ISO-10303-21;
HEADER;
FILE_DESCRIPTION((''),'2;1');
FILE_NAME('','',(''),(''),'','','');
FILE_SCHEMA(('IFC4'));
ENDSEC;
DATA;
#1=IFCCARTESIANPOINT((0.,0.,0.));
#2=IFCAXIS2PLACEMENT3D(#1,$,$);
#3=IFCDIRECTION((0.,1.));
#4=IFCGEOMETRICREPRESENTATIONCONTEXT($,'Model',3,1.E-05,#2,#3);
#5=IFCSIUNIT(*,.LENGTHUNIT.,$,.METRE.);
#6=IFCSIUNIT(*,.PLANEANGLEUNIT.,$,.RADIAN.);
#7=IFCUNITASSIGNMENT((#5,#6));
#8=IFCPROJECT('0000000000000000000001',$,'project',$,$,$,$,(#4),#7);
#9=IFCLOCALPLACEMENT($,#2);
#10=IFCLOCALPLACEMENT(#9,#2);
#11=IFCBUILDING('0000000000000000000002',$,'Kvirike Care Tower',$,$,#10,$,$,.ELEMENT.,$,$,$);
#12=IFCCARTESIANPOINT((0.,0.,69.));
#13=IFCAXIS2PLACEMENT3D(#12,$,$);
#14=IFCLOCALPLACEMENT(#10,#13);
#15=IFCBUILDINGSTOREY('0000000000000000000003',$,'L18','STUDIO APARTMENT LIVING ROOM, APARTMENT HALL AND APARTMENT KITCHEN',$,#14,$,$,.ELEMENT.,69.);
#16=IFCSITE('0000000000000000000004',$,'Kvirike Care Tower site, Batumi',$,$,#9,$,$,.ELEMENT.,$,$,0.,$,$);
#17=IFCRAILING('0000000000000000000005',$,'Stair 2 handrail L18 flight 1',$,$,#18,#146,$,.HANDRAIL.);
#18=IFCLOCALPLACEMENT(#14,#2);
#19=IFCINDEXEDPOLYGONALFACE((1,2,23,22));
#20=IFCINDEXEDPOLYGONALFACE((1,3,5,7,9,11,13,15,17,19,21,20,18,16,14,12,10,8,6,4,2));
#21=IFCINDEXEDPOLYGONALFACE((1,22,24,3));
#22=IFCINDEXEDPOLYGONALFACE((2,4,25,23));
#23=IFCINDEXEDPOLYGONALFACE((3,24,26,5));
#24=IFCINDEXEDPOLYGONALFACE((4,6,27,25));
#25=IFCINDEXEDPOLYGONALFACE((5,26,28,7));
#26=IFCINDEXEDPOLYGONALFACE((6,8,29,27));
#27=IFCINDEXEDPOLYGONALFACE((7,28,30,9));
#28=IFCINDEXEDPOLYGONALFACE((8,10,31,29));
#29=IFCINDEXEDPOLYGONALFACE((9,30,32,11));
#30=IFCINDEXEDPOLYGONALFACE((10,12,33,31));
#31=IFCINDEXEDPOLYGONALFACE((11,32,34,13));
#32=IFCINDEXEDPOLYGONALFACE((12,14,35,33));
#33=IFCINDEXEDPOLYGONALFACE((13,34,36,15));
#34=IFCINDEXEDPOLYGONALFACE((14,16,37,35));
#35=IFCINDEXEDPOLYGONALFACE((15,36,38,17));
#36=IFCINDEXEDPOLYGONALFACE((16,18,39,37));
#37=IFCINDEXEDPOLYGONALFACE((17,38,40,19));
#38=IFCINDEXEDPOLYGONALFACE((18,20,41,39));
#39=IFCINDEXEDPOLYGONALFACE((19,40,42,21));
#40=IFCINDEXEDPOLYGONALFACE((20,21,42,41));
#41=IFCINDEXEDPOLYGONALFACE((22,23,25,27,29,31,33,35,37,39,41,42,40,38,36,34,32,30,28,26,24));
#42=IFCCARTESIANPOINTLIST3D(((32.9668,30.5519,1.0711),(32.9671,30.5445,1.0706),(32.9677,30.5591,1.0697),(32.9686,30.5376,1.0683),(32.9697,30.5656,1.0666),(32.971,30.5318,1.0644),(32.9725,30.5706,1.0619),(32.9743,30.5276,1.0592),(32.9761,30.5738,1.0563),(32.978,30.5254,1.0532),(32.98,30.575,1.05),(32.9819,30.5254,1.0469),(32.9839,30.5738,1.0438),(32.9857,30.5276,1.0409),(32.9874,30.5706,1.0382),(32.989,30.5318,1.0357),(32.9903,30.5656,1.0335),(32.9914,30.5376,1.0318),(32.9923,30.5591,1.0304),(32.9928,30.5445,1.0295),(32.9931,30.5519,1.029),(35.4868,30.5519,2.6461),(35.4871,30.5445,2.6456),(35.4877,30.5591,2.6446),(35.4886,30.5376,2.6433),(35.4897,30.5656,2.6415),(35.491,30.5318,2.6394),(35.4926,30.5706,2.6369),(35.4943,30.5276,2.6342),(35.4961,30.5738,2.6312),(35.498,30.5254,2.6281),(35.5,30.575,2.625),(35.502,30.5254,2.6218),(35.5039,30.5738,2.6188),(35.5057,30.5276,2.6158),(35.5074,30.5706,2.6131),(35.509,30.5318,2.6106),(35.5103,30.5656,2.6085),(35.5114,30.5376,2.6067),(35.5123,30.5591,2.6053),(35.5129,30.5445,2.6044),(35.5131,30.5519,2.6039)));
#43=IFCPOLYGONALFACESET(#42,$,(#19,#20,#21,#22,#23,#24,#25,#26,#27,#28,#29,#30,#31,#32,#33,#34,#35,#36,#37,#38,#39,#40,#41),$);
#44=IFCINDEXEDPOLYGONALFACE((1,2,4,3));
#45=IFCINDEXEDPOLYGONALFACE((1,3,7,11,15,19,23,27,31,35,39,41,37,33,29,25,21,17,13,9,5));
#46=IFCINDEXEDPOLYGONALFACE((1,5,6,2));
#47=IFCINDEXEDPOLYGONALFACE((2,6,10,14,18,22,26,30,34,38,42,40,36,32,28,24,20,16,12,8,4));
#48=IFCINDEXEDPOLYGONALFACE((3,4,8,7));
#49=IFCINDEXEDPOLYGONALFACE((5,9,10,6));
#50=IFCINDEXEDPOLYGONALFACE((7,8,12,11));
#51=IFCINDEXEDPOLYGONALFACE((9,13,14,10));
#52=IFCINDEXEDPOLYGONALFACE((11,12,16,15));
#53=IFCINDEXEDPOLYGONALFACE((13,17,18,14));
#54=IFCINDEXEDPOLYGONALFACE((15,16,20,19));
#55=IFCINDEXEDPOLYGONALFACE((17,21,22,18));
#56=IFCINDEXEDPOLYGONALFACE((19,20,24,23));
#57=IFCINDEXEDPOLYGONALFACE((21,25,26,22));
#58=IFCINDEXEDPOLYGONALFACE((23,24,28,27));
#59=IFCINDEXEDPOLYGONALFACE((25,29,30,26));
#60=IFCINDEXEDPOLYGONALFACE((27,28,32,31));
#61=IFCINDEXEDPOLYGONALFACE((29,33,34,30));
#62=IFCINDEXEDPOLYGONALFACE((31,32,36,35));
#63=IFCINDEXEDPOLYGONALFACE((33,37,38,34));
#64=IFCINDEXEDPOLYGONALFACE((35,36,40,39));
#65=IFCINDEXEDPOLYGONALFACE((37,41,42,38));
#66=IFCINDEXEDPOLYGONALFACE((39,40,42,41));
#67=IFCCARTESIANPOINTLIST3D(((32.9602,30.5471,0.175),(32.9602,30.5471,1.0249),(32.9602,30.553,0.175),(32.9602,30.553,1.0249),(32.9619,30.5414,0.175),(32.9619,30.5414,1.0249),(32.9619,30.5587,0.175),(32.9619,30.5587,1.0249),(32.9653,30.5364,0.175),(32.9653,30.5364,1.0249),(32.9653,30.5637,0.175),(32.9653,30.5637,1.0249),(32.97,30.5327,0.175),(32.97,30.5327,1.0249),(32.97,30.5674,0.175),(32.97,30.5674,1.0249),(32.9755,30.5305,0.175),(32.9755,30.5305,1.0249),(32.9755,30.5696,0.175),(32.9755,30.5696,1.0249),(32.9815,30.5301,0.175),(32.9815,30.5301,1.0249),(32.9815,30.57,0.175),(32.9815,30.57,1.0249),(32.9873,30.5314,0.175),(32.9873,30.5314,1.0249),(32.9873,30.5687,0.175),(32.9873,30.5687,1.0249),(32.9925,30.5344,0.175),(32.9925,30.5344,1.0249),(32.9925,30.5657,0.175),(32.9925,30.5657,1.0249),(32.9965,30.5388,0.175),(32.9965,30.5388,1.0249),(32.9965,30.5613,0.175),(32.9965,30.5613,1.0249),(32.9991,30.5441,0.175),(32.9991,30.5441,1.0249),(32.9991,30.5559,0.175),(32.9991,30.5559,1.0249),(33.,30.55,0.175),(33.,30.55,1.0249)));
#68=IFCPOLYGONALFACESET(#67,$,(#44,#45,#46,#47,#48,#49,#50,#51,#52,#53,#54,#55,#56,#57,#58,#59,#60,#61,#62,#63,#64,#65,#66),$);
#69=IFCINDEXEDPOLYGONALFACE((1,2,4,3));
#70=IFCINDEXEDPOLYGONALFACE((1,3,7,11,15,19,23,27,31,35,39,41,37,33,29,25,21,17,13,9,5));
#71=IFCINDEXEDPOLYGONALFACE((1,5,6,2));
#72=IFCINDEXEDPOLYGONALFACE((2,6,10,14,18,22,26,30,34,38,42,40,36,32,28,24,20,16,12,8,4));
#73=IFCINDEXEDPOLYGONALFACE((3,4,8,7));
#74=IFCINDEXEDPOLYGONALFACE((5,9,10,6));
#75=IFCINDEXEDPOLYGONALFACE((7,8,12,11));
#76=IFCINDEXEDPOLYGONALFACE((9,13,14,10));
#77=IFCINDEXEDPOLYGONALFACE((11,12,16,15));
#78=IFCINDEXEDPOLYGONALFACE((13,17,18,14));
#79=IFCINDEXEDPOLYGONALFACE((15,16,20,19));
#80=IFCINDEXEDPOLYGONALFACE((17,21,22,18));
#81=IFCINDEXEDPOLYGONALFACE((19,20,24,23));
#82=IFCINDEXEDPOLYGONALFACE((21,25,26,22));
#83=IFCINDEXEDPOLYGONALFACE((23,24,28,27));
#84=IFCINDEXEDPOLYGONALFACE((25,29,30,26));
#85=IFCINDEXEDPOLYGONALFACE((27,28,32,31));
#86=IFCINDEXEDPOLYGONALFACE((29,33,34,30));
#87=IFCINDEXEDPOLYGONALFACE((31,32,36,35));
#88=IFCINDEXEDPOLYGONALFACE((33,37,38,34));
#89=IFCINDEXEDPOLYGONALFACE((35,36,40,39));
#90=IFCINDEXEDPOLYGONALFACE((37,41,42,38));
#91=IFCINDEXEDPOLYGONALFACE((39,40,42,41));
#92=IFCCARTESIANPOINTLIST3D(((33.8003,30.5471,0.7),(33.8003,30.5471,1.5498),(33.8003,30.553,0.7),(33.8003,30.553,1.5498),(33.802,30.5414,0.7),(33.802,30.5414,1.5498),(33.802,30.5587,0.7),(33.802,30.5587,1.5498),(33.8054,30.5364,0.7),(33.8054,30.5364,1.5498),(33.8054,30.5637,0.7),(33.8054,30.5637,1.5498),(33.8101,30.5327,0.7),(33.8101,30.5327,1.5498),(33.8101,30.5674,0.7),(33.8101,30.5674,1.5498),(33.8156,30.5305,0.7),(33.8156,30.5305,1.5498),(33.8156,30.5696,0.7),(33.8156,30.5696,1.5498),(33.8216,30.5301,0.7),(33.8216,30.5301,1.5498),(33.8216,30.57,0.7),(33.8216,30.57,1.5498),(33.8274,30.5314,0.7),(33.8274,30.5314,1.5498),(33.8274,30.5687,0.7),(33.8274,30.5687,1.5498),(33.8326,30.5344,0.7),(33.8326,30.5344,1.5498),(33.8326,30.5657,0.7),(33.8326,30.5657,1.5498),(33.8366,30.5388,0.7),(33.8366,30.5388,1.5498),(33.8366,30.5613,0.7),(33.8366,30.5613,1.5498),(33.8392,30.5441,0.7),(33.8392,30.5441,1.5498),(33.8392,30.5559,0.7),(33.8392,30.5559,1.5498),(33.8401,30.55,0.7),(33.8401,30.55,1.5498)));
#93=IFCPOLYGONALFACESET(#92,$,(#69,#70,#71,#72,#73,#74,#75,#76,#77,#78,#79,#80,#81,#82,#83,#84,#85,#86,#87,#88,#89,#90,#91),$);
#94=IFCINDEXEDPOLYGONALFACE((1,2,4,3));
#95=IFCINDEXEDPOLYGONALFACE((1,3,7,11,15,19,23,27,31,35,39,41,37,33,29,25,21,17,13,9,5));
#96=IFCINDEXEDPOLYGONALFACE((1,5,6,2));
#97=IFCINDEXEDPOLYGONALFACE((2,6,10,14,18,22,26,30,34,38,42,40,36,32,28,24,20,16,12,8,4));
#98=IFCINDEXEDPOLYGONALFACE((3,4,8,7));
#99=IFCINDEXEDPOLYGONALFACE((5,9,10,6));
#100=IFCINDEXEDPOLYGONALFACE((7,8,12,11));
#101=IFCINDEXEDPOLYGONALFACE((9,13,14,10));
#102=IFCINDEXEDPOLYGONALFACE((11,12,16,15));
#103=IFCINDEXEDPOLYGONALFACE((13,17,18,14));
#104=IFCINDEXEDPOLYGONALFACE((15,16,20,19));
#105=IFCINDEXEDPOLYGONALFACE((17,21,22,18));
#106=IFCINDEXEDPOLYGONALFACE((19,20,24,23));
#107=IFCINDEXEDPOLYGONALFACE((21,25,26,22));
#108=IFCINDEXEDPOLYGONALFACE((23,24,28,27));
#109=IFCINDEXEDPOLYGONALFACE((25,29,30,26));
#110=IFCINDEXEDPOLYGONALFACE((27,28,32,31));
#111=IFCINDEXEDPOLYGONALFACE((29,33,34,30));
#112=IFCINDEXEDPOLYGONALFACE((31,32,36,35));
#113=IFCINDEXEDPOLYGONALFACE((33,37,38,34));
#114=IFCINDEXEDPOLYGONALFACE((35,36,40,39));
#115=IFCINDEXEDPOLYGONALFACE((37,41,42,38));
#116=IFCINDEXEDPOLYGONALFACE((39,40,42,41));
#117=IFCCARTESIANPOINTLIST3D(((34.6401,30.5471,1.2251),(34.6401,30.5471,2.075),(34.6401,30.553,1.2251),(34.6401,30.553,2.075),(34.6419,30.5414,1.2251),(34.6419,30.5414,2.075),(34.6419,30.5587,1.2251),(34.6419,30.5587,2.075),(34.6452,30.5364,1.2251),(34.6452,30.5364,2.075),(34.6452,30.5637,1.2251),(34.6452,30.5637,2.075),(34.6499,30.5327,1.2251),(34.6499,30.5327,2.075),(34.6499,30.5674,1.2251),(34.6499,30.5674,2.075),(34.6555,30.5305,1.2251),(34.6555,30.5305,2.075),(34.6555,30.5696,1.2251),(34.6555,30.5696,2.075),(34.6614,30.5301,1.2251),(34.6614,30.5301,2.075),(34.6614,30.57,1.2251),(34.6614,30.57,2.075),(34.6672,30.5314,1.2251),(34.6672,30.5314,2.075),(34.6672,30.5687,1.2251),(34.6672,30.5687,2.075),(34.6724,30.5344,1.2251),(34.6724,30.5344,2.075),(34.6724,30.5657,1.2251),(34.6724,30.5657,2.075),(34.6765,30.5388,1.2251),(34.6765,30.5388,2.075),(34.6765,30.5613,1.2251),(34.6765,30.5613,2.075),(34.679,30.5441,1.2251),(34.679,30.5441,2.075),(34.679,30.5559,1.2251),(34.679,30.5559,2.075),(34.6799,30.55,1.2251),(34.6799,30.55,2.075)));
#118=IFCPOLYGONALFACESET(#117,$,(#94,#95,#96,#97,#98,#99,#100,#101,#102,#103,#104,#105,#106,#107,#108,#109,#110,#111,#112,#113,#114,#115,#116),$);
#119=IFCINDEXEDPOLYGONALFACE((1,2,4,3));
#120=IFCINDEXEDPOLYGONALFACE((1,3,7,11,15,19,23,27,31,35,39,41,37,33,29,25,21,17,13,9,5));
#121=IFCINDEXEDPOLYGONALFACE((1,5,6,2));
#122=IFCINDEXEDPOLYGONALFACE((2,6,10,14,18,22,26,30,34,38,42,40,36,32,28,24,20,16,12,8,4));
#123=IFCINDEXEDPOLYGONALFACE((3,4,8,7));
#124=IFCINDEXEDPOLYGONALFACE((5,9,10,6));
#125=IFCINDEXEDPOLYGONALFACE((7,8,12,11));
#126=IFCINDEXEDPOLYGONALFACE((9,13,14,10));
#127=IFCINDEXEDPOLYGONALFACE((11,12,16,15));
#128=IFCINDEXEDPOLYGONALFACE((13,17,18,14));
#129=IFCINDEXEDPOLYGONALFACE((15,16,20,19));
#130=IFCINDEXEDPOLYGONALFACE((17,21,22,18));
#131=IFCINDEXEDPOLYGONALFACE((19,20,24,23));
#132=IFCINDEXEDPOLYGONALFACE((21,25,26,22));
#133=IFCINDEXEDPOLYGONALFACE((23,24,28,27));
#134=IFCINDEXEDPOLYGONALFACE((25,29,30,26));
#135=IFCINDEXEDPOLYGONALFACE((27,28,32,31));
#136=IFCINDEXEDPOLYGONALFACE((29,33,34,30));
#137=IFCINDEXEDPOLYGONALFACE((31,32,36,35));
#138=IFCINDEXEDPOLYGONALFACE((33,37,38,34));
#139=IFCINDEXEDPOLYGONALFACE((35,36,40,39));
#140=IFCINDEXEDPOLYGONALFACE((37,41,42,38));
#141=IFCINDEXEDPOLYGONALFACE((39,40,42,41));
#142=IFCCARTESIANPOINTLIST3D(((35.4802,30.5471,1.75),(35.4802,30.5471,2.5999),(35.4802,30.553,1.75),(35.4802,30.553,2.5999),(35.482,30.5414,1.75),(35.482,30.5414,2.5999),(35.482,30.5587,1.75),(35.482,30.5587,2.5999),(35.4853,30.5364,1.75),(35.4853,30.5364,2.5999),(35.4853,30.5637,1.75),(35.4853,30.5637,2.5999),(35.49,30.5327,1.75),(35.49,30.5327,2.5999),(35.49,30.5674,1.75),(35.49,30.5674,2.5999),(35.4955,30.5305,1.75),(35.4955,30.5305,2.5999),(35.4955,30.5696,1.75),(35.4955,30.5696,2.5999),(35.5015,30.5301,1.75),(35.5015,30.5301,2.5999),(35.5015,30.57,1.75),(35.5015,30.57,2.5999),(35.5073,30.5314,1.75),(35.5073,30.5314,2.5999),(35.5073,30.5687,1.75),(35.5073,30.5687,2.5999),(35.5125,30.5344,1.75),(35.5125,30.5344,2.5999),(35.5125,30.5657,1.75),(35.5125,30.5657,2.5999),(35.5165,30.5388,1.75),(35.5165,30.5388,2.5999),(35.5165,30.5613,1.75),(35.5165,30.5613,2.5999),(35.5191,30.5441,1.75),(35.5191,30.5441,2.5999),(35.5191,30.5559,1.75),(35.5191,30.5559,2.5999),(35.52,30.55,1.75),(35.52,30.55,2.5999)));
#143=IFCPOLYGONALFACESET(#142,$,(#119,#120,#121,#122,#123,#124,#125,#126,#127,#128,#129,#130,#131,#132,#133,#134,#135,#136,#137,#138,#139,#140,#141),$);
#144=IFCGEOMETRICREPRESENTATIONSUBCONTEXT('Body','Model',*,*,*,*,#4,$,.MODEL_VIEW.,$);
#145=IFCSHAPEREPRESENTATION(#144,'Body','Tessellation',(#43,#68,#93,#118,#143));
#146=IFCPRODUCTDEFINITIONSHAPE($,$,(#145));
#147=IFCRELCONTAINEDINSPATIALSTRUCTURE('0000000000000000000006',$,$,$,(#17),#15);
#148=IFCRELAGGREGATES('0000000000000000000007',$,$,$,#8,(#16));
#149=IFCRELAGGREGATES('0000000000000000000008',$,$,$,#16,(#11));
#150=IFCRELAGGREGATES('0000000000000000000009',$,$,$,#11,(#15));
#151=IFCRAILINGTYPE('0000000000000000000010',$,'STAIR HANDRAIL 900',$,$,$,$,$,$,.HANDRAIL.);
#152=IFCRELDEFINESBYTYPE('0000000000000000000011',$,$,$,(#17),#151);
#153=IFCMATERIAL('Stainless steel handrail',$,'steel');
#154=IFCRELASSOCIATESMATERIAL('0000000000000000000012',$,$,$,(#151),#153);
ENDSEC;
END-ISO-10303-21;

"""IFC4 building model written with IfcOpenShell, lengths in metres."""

from ifc_helpers import new_model, si_unit, direction, frame, origin, origin_2d, place, context, subcontext, project, spatial, circle, extrude, material, type_object, element, save


model = new_model("IFC4")

# Units and contexts
model_context = context("Model", 3, precision=1e-05, world=origin(), true_north=direction((0.0, 1.0)))
body_context = subcontext(model_context, "Body", "Model", "MODEL_VIEW")
ifc_project = project(units=[si_unit("LENGTHUNIT", "METRE"), si_unit("PLANEANGLEUNIT", "RADIAN")], contexts=[model_context])

# Site, building, storey
site_placement = place(None, origin())
site = spatial("IfcSite", under=ifc_project, at=site_placement, Name="Kvirike Care Tower site, Batumi", CompositionType="ELEMENT", RefElevation=0.0)
building_placement = place(site_placement, origin())
building = spatial("IfcBuilding", under=site, at=building_placement, Name="Kvirike Care Tower", CompositionType="ELEMENT")
storey_placement = place(building_placement, frame((0.0, 0.0, 69.0)))
storey = spatial("IfcBuildingStorey", under=building, at=storey_placement, Name="L18", Description="STUDIO APARTMENT LIVING ROOM, APARTMENT HALL AND APARTMENT KITCHEN", CompositionType="ELEMENT", Elevation=69.0)

# Railing
ifc_material_1 = material(Name="Stainless steel handrail", Category="steel")
railing_type = type_object("IfcRailingType", Name="STAIR HANDRAIL 900", PredefinedType="HANDRAIL", material=ifc_material_1)
railing_placement = place(storey_placement, frame((32.98, 30.55, 0.175)))
element("IfcRailing", 1, at=railing_placement, inside=storey, type_object=railing_type, Name="Stair 2 handrail L18 flight 1", PredefinedType="HANDRAIL", context=body_context, shape_type="SweptSolid", body=[
    extrude(circle(Radius=0.0249, at=origin_2d()), frame((0.0, 0.0, 0.875), z_axis=(0.848008, 0.0, 0.529984), x_axis=(0.0, 1.0, 0.0)), (0.0, 0.0, 1.0), 2.9717),
    extrude(circle(Radius=0.02, at=origin_2d()), origin(), (0.0, 0.0, 1.0), 0.8499),
    extrude(circle(Radius=0.02, at=origin_2d()), frame((0.8401, 0.0, 0.5249)), (0.0, 0.0, 1.0), 0.8499),
    extrude(circle(Radius=0.02, at=origin_2d()), frame((1.6799, 0.0, 1.05)), (0.0, 0.0, 1.0), 0.8499),
    extrude(circle(Radius=0.02, at=origin_2d()), frame((2.52, 0.0, 1.575)), (0.0, 0.0, 1.0), 0.8499),
])

save(model, "model.ifc")
